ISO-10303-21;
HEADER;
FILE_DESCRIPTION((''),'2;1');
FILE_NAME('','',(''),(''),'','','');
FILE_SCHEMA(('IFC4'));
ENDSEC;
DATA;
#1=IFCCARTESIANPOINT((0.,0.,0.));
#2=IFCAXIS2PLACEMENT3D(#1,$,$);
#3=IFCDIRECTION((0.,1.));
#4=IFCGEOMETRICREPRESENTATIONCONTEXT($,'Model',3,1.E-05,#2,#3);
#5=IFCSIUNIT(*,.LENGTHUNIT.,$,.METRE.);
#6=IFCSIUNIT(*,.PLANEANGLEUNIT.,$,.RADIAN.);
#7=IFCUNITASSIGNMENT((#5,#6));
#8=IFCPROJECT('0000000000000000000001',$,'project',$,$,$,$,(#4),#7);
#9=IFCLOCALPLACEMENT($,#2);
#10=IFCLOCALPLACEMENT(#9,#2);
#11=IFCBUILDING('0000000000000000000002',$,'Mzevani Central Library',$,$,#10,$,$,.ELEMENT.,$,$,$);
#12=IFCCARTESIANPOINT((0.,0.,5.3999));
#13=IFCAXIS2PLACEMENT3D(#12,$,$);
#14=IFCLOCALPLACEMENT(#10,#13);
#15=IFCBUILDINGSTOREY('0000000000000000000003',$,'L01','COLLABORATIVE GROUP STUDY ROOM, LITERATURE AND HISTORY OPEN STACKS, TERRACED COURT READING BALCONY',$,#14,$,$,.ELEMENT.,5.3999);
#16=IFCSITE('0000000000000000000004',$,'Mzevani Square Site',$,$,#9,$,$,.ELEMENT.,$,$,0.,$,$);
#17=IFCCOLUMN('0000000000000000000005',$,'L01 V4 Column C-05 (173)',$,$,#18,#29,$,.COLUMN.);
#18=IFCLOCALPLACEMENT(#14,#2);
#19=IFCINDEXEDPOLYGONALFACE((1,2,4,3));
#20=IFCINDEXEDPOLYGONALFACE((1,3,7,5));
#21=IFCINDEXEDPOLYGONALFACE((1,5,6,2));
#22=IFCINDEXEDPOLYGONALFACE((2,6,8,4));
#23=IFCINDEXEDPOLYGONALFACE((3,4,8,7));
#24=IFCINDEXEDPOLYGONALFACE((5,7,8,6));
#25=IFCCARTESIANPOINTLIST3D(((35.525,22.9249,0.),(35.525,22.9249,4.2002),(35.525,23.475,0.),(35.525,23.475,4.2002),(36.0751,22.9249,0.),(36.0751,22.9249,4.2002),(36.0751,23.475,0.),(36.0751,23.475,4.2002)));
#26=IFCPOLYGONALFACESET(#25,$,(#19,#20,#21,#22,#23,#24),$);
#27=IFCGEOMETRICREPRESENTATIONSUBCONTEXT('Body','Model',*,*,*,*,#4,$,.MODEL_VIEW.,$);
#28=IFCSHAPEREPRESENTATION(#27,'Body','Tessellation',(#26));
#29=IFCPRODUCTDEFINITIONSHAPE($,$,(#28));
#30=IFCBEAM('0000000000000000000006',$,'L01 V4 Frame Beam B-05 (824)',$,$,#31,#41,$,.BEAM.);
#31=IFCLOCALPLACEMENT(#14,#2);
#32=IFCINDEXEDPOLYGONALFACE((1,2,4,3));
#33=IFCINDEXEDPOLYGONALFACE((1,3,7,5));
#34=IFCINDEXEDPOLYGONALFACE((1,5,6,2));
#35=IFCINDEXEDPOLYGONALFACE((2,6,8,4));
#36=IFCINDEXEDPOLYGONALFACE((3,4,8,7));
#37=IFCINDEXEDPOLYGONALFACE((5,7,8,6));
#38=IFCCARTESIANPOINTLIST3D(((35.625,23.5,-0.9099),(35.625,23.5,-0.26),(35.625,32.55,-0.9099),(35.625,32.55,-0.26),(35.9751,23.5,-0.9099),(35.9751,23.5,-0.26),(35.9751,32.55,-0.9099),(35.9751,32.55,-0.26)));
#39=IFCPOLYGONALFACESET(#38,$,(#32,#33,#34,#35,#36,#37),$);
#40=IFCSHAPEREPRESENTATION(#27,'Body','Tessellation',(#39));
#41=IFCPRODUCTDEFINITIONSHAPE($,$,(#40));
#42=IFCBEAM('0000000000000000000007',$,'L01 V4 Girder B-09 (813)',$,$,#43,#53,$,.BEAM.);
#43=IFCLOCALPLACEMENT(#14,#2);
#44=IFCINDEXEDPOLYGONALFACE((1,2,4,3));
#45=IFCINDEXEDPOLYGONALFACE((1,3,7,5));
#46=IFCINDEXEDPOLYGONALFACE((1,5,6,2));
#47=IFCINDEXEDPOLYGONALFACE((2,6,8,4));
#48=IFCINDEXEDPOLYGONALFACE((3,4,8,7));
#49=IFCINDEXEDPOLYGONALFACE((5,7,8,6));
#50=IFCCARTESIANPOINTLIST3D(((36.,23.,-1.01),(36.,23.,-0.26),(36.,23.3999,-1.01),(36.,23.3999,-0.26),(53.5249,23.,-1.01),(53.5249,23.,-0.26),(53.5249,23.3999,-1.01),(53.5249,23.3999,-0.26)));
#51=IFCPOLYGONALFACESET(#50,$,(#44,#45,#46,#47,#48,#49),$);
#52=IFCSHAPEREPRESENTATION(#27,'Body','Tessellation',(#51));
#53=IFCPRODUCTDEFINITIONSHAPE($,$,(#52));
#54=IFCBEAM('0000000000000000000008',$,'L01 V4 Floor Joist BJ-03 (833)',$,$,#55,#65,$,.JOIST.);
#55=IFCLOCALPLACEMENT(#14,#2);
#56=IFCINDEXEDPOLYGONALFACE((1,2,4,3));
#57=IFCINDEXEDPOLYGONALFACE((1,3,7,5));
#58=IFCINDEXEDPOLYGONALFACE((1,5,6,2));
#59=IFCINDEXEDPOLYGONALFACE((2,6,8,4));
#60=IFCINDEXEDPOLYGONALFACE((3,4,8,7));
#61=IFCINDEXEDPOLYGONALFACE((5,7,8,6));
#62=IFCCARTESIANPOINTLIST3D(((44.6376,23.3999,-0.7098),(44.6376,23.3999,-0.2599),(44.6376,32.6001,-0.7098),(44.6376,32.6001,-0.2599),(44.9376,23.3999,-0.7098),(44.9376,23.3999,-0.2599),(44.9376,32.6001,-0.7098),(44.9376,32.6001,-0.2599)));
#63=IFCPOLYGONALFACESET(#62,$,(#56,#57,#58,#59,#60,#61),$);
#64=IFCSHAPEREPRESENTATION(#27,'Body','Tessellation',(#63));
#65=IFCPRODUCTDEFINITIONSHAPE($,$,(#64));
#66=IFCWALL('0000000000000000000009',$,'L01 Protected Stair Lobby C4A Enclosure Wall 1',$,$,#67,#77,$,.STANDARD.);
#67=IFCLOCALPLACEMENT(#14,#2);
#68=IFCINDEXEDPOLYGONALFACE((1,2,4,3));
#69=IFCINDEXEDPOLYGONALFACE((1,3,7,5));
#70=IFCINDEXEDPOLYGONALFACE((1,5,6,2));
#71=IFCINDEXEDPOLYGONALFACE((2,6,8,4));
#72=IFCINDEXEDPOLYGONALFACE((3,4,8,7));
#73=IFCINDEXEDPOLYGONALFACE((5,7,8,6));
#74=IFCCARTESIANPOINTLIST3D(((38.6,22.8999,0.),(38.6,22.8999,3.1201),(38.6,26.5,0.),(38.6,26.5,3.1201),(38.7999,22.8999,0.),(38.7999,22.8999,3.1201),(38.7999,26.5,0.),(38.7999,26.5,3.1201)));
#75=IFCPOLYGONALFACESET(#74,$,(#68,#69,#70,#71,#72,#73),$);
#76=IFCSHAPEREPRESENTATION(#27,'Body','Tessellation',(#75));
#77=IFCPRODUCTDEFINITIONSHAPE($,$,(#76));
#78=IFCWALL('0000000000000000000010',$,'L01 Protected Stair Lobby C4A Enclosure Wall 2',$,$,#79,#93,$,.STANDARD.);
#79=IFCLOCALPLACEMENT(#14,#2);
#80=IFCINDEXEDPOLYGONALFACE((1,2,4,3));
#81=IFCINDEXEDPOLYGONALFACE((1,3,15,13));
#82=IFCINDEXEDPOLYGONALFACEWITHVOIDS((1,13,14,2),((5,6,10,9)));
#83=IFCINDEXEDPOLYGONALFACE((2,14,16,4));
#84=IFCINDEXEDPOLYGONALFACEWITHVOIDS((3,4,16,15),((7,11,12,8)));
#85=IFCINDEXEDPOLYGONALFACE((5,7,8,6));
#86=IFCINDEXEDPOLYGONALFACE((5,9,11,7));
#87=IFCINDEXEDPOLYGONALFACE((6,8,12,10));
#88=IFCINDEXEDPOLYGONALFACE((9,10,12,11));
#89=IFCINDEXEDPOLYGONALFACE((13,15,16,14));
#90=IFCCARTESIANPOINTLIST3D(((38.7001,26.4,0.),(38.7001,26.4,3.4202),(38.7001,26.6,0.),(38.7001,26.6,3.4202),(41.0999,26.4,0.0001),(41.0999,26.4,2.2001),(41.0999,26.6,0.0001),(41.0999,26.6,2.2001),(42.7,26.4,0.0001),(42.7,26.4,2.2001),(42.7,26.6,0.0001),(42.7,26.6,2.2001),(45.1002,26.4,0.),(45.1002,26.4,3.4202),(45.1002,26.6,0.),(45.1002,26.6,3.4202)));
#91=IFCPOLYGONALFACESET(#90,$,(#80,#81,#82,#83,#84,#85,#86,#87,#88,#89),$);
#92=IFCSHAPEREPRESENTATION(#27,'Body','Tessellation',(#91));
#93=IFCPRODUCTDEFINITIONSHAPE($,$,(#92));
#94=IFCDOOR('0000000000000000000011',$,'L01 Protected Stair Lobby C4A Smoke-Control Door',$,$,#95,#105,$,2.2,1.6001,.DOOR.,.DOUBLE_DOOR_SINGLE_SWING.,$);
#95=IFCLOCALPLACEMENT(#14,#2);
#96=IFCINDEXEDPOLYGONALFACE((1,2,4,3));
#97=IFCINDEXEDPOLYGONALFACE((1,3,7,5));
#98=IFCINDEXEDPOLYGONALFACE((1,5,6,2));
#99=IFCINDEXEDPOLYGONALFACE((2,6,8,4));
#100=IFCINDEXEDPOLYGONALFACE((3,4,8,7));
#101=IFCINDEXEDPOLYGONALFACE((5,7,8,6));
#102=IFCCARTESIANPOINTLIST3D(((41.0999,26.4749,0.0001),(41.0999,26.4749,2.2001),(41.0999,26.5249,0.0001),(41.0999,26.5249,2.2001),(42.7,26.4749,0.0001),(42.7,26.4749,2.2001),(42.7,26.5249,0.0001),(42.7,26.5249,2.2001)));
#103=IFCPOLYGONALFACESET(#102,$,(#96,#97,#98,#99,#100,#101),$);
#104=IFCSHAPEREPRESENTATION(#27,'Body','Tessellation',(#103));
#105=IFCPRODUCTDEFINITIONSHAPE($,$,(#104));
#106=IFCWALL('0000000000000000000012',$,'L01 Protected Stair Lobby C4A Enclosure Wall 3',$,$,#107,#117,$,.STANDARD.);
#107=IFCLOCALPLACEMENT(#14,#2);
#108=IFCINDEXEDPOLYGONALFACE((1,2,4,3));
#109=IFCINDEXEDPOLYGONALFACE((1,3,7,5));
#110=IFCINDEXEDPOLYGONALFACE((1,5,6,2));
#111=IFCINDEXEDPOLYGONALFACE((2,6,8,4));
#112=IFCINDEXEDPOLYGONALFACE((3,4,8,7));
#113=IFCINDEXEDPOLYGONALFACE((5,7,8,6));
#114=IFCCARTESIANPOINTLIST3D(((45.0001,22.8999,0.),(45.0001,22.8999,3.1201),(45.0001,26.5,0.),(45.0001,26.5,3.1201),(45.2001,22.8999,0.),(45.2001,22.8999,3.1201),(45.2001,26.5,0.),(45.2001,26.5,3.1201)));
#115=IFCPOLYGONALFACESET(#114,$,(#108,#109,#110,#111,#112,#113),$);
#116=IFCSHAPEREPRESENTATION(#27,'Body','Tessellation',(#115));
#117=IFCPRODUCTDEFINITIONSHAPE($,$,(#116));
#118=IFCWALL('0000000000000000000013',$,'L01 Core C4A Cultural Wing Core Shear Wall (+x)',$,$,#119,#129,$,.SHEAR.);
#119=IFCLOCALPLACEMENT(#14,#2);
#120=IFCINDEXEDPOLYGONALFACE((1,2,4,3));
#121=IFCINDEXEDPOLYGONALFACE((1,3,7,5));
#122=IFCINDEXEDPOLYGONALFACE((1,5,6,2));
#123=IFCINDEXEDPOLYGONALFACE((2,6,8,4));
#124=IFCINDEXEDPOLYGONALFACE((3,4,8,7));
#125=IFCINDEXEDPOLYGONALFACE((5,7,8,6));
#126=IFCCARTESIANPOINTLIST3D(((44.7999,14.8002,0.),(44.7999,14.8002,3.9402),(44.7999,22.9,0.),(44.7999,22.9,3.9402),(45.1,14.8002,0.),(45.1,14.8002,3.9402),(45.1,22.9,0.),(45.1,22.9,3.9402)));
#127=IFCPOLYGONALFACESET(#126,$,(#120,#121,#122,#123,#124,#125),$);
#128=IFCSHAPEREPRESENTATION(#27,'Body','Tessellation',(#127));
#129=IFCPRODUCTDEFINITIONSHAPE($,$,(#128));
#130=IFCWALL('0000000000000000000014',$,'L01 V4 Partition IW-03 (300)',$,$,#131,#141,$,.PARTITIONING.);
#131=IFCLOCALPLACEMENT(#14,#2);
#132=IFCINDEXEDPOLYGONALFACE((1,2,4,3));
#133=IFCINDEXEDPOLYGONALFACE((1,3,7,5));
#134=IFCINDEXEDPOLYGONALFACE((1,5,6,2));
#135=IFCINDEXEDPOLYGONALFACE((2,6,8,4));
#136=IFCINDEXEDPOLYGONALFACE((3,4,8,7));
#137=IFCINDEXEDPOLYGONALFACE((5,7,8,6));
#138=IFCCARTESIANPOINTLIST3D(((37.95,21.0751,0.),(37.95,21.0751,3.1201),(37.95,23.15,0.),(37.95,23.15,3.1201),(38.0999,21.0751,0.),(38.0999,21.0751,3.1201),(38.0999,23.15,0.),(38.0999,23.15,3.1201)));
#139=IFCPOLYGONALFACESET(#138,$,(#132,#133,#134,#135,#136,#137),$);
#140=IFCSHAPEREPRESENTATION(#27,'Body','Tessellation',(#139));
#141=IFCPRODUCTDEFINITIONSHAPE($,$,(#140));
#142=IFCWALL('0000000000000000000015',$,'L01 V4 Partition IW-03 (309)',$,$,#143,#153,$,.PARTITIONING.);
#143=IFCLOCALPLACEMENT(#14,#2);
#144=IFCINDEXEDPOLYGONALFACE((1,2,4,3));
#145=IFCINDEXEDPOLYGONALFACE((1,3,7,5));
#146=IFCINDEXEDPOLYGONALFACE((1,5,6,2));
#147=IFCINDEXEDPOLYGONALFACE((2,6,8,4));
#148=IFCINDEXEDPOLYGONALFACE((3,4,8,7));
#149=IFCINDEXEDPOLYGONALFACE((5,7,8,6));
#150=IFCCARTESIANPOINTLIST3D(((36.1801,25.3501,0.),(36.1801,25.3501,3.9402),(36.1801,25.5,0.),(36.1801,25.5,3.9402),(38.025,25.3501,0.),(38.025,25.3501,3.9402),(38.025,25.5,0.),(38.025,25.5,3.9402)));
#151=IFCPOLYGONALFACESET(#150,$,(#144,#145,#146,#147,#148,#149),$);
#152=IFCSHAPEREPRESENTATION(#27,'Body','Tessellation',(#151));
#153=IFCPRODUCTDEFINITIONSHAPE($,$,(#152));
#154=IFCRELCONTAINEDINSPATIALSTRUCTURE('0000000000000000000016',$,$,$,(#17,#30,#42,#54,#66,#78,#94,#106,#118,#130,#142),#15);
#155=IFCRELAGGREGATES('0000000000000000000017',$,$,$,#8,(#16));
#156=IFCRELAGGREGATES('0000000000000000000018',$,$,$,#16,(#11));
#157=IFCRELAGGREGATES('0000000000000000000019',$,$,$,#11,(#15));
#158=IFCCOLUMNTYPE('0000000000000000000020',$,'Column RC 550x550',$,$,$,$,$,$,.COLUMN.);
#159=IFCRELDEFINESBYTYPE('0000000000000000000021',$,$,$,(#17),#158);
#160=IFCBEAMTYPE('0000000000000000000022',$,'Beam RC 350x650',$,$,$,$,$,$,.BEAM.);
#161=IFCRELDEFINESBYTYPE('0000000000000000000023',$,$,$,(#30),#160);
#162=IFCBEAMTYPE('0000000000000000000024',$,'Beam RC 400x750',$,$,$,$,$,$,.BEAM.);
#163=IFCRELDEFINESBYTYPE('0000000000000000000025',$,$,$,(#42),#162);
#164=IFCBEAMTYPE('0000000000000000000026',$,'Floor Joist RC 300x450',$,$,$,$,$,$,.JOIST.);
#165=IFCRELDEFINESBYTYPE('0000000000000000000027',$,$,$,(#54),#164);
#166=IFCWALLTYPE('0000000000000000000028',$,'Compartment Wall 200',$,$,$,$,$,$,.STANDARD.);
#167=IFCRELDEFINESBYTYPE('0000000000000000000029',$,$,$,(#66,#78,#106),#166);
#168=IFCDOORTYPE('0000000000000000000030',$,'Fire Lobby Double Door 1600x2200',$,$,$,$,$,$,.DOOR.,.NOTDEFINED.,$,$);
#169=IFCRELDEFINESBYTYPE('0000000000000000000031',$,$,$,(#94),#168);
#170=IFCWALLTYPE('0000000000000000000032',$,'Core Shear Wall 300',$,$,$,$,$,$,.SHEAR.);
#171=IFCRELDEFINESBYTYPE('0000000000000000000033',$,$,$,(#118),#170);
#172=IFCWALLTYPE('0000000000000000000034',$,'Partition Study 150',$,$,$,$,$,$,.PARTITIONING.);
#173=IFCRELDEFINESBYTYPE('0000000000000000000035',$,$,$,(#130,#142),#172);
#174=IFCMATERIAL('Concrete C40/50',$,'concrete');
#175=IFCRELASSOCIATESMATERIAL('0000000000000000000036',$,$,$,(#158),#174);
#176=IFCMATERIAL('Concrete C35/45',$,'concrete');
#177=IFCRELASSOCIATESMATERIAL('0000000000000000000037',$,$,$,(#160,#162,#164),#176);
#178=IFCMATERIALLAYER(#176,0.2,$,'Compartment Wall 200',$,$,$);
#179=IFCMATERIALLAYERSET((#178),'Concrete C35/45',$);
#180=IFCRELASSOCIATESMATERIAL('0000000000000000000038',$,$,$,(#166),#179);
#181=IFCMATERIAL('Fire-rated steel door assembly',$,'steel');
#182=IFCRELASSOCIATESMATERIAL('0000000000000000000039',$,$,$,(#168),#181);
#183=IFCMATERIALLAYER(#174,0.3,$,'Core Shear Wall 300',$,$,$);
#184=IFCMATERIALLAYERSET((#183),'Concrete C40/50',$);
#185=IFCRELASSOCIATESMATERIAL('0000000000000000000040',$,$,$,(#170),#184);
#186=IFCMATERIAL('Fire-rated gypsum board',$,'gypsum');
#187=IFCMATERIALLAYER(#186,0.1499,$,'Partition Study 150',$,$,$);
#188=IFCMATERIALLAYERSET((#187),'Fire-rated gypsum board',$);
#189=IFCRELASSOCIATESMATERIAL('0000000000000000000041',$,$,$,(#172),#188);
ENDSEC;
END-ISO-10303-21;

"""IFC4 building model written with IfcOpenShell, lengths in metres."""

from ifc_helpers import new_model, si_unit, direction, frame, frame_2d, origin, origin_2d, place, context, subcontext, project, spatial, rectangle, extrude, material, layer, layer_set, material_profile, profile_set, type_object, element, fill, save


model = new_model("IFC4")

# Units and contexts
model_context = context("Model", 3, precision=1e-05, world=origin(), true_north=direction((0.0, 1.0)))
body_context = subcontext(model_context, "Body", "Model", "MODEL_VIEW")
ifc_project = project(units=[si_unit("LENGTHUNIT", "METRE"), si_unit("PLANEANGLEUNIT", "RADIAN")], contexts=[model_context])

# Site, building, storey
site_placement = place(None, origin())
site = spatial("IfcSite", under=ifc_project, at=site_placement, Name="Mzevani Square Site", CompositionType="ELEMENT", RefElevation=0.0)
building_placement = place(site_placement, origin())
building = spatial("IfcBuilding", under=site, at=building_placement, Name="Mzevani Central Library", CompositionType="ELEMENT")
storey_placement = place(building_placement, frame((0.0, 0.0, 5.3999)))
storey = spatial("IfcBuildingStorey", under=building, at=storey_placement, Name="L01", Description="COLLABORATIVE GROUP STUDY ROOM, LITERATURE AND HISTORY OPEN STACKS, TERRACED COURT READING BALCONY", CompositionType="ELEMENT", Elevation=5.3999)

# Column
ifc_material_1 = material(Name="Concrete C40/50", Category="concrete")
ifc_material_profile_1 = material_profile(ifc_material_1, rectangle(XDim=0.55, YDim=0.55, at=origin_2d()), Name="RC 550x550")
ifc_profile_set_1 = profile_set([ifc_material_profile_1], Name="Concrete C40/50")
column_type = type_object("IfcColumnType", Name="Column RC 550x550", PredefinedType="COLUMN", material=ifc_profile_set_1)
column_placement = place(storey_placement, frame((35.8, 23.2, 0.0), z_axis=(0.0, 0.0, 1.0), x_axis=(1.0, 0.0, 0.0)))
element("IfcColumn", 1, at=column_placement, inside=storey, type_object=column_type, Name="L01 V4 Column C-05 (173)", PredefinedType="COLUMN", context=body_context, shape_type="SweptSolid", body=[
    extrude(rectangle(XDim=0.55, YDim=0.55, at=origin_2d()), origin(), (0.0, 0.0, 1.0), 4.2002),
])

# Beams
ifc_material_2 = material(Name="Concrete C35/45", Category="concrete")
ifc_material_profile_2 = material_profile(ifc_material_2, rectangle(XDim=0.3501, YDim=0.6499, at=origin_2d()), Name="RC B350x650")
ifc_profile_set_2 = profile_set([ifc_material_profile_2], Name="Concrete C35/45")
beam_type_1 = type_object("IfcBeamType", Name="Beam RC 350x650", PredefinedType="BEAM", material=ifc_profile_set_2)
beam_1_placement = place(storey_placement, frame((35.8, 23.5, -0.585), z_axis=(0.0, 1.0, 0.0), x_axis=(-1.0, 0.0, 0.0)))
element("IfcBeam", 2, at=beam_1_placement, inside=storey, type_object=beam_type_1, Name="L01 V4 Frame Beam B-05 (824)", PredefinedType="BEAM", context=body_context, shape_type="SweptSolid", body=[
    extrude(rectangle(XDim=0.3501, YDim=0.6499, at=origin_2d()), origin(), (0.0, 0.0, 1.0), 9.05),
])
ifc_material_profile_3 = material_profile(ifc_material_2, rectangle(XDim=0.3999, YDim=0.75, at=origin_2d()), Name="RC B400x750")
ifc_profile_set_3 = profile_set([ifc_material_profile_3], Name="Concrete C35/45")
beam_type_2 = type_object("IfcBeamType", Name="Beam RC 400x750", PredefinedType="BEAM", material=ifc_profile_set_3)
beam_2_placement = place(storey_placement, frame((36.0, 23.2, -0.635), z_axis=(1.0, 0.0, 0.0), x_axis=(0.0, 1.0, 0.0)))
element("IfcBeam", 3, at=beam_2_placement, inside=storey, type_object=beam_type_2, Name="L01 V4 Girder B-09 (813)", PredefinedType="BEAM", context=body_context, shape_type="SweptSolid", body=[
    extrude(rectangle(XDim=0.3999, YDim=0.75, at=origin_2d()), origin(), (0.0, 0.0, 1.0), 17.5249),
])
ifc_material_profile_4 = material_profile(ifc_material_2, rectangle(XDim=0.3, YDim=0.45, at=origin_2d()), Name="RC J300x450")
ifc_profile_set_4 = profile_set([ifc_material_profile_4], Name="Concrete C35/45")
beam_type_3 = type_object("IfcBeamType", Name="Floor Joist RC 300x450", PredefinedType="JOIST", material=ifc_profile_set_4)
beam_3_placement = place(storey_placement, frame((44.7876, 23.3999, -0.4849), z_axis=(0.0, 1.0, 0.0), x_axis=(-1.0, 0.0, 0.0)))
element("IfcBeam", 4, at=beam_3_placement, inside=storey, type_object=beam_type_3, Name="L01 V4 Floor Joist BJ-03 (833)", PredefinedType="JOIST", context=body_context, shape_type="SweptSolid", body=[
    extrude(rectangle(XDim=0.3, YDim=0.45, at=origin_2d()), origin(), (0.0, 0.0, 1.0), 9.2002),
])

# Wall
ifc_layer_1 = layer(ifc_material_2, 0.2, Name="Compartment Wall 200")
ifc_layer_set_1 = layer_set([ifc_layer_1], Name="Concrete C35/45")
wall_type_1 = type_object("IfcWallType", Name="Compartment Wall 200", PredefinedType="STANDARD", material=ifc_layer_set_1)
wall_1_placement = place(storey_placement, frame((38.7, 22.8999, 0.0), z_axis=(0.0, 0.0, 1.0), x_axis=(0.0, 1.0, 0.0)))
element("IfcWall", 5, at=wall_1_placement, inside=storey, type_object=wall_type_1, Name="L01 Protected Stair Lobby C4A Enclosure Wall 1", PredefinedType="STANDARD", context=body_context, shape_type="SweptSolid", body=[
    extrude(rectangle(XDim=3.6001, YDim=0.2, at=frame_2d((1.8, 0.0))), origin(), (0.0, 0.0, 1.0), 3.1201),
])

# Wall, opening, door
wall_2_placement = place(storey_placement, frame((38.7, 26.5, 0.0), z_axis=(0.0, 0.0, 1.0), x_axis=(1.0, 0.0, 0.0)))
wall_2 = element("IfcWall", 6, at=wall_2_placement, inside=storey, type_object=wall_type_1, Name="L01 Protected Stair Lobby C4A Enclosure Wall 2", PredefinedType="STANDARD", context=body_context, shape_type="SweptSolid", body=[
    extrude(rectangle(XDim=6.4001, YDim=0.2, at=frame_2d((3.2002, 0.0))), origin(), (0.0, 0.0, 1.0), 3.4202),
])
opening_1_placement = place(wall_2_placement, frame((2.3999, 0.0, 0.0)))
opening_1 = element("IfcOpeningElement", 7, at=opening_1_placement, cuts=wall_2, PredefinedType="OPENING", context=body_context, shape_type="SweptSolid", body=[
    extrude(rectangle(XDim=1.6001, YDim=2.2, at=frame_2d((0.8, 1.1001))), frame((0.0, 0.1099, 0.0), z_axis=(0.0, -1.0, 0.0), x_axis=(1.0, 0.0, 0.0)), (0.0, 0.0, 1.0), 0.22),
])
ifc_material_3 = material(Name="Fire-rated steel door assembly", Category="steel")
door_type_1 = type_object("IfcDoorType", Name="Fire Lobby Double Door 1600x2200", OperationType="NOTDEFINED", PredefinedType="DOOR", material=ifc_material_3)
door_1_placement = place(opening_1_placement, origin())
door_1 = element("IfcDoor", 8, at=door_1_placement, inside=storey, type_object=door_type_1, Name="L01 Protected Stair Lobby C4A Smoke-Control Door", OperationType="DOUBLE_DOOR_SINGLE_SWING", OverallHeight=2.2, OverallWidth=1.6001, PredefinedType="DOOR", context=body_context, shape_type="SweptSolid", body=[
    extrude(rectangle(XDim=1.6001, YDim=2.2, at=frame_2d((0.8, 1.1001))), frame((0.0, 0.0249, 0.0), z_axis=(0.0, -1.0, 0.0), x_axis=(1.0, 0.0, 0.0)), (0.0, 0.0, 1.0), 0.05),
])
fill(opening_1, door_1)

# Wall
wall_3_placement = place(storey_placement, frame((45.1001, 26.5, 0.0), z_axis=(0.0, 0.0, 1.0), x_axis=(0.0, -1.0, 0.0)))
element("IfcWall", 9, at=wall_3_placement, inside=storey, type_object=wall_type_1, Name="L01 Protected Stair Lobby C4A Enclosure Wall 3", PredefinedType="STANDARD", context=body_context, shape_type="SweptSolid", body=[
    extrude(rectangle(XDim=3.6001, YDim=0.2, at=frame_2d((1.8, 0.0))), origin(), (0.0, 0.0, 1.0), 3.1201),
])

# Shared definitions
ifc_layer_2 = layer(ifc_material_1, 0.3, Name="Core Shear Wall 300")
ifc_layer_set_2 = layer_set([ifc_layer_2], Name="Concrete C40/50")
wall_type_2 = type_object("IfcWallType", Name="Core Shear Wall 300", PredefinedType="SHEAR", material=ifc_layer_set_2)

# Walls
wall_4_placement = place(storey_placement, frame((44.95, 22.8999, 0.0), z_axis=(0.0, 0.0, 1.0), x_axis=(0.0, -1.0, 0.0)))
element("IfcWall", 10, at=wall_4_placement, inside=storey, type_object=wall_type_2, Name="L01 Core C4A Cultural Wing Core Shear Wall (+x)", PredefinedType="SHEAR", context=body_context, shape_type="SweptSolid", body=[
    extrude(rectangle(XDim=8.0999, YDim=0.3, at=frame_2d((4.0498, 0.0))), origin(), (0.0, 0.0, 1.0), 3.9402),
])
ifc_material_4 = material(Name="Fire-rated gypsum board", Category="gypsum")
ifc_layer_3 = layer(ifc_material_4, 0.1499, Name="Partition Study 150")
ifc_layer_set_3 = layer_set([ifc_layer_3], Name="Fire-rated gypsum board")
wall_type_3 = type_object("IfcWallType", Name="Partition Study 150", PredefinedType="PARTITIONING", material=ifc_layer_set_3)
wall_5_placement = place(storey_placement, frame((38.0249, 21.075, 0.0), z_axis=(0.0, 0.0, 1.0), x_axis=(0.0, 1.0, 0.0)))
element("IfcWall", 11, at=wall_5_placement, inside=storey, type_object=wall_type_3, Name="L01 V4 Partition IW-03 (300)", PredefinedType="PARTITIONING", context=body_context, shape_type="SweptSolid", body=[
    extrude(rectangle(XDim=2.075, YDim=0.1499, at=frame_2d((1.0376, 0.0))), origin(), (0.0, 0.0, 1.0), 3.1201),
])
wall_6_placement = place(storey_placement, frame((38.0249, 25.425, 0.0), z_axis=(0.0, 0.0, 1.0), x_axis=(-1.0, 0.0, 0.0)))
element("IfcWall", 12, at=wall_6_placement, inside=storey, type_object=wall_type_3, Name="L01 V4 Partition IW-03 (309)", PredefinedType="PARTITIONING", context=body_context, shape_type="SweptSolid", body=[
    extrude(rectangle(XDim=1.845, YDim=0.1499, at=frame_2d((0.9224, 0.0))), origin(), (0.0, 0.0, 1.0), 3.9402),
])

save(model, "model.ifc")
